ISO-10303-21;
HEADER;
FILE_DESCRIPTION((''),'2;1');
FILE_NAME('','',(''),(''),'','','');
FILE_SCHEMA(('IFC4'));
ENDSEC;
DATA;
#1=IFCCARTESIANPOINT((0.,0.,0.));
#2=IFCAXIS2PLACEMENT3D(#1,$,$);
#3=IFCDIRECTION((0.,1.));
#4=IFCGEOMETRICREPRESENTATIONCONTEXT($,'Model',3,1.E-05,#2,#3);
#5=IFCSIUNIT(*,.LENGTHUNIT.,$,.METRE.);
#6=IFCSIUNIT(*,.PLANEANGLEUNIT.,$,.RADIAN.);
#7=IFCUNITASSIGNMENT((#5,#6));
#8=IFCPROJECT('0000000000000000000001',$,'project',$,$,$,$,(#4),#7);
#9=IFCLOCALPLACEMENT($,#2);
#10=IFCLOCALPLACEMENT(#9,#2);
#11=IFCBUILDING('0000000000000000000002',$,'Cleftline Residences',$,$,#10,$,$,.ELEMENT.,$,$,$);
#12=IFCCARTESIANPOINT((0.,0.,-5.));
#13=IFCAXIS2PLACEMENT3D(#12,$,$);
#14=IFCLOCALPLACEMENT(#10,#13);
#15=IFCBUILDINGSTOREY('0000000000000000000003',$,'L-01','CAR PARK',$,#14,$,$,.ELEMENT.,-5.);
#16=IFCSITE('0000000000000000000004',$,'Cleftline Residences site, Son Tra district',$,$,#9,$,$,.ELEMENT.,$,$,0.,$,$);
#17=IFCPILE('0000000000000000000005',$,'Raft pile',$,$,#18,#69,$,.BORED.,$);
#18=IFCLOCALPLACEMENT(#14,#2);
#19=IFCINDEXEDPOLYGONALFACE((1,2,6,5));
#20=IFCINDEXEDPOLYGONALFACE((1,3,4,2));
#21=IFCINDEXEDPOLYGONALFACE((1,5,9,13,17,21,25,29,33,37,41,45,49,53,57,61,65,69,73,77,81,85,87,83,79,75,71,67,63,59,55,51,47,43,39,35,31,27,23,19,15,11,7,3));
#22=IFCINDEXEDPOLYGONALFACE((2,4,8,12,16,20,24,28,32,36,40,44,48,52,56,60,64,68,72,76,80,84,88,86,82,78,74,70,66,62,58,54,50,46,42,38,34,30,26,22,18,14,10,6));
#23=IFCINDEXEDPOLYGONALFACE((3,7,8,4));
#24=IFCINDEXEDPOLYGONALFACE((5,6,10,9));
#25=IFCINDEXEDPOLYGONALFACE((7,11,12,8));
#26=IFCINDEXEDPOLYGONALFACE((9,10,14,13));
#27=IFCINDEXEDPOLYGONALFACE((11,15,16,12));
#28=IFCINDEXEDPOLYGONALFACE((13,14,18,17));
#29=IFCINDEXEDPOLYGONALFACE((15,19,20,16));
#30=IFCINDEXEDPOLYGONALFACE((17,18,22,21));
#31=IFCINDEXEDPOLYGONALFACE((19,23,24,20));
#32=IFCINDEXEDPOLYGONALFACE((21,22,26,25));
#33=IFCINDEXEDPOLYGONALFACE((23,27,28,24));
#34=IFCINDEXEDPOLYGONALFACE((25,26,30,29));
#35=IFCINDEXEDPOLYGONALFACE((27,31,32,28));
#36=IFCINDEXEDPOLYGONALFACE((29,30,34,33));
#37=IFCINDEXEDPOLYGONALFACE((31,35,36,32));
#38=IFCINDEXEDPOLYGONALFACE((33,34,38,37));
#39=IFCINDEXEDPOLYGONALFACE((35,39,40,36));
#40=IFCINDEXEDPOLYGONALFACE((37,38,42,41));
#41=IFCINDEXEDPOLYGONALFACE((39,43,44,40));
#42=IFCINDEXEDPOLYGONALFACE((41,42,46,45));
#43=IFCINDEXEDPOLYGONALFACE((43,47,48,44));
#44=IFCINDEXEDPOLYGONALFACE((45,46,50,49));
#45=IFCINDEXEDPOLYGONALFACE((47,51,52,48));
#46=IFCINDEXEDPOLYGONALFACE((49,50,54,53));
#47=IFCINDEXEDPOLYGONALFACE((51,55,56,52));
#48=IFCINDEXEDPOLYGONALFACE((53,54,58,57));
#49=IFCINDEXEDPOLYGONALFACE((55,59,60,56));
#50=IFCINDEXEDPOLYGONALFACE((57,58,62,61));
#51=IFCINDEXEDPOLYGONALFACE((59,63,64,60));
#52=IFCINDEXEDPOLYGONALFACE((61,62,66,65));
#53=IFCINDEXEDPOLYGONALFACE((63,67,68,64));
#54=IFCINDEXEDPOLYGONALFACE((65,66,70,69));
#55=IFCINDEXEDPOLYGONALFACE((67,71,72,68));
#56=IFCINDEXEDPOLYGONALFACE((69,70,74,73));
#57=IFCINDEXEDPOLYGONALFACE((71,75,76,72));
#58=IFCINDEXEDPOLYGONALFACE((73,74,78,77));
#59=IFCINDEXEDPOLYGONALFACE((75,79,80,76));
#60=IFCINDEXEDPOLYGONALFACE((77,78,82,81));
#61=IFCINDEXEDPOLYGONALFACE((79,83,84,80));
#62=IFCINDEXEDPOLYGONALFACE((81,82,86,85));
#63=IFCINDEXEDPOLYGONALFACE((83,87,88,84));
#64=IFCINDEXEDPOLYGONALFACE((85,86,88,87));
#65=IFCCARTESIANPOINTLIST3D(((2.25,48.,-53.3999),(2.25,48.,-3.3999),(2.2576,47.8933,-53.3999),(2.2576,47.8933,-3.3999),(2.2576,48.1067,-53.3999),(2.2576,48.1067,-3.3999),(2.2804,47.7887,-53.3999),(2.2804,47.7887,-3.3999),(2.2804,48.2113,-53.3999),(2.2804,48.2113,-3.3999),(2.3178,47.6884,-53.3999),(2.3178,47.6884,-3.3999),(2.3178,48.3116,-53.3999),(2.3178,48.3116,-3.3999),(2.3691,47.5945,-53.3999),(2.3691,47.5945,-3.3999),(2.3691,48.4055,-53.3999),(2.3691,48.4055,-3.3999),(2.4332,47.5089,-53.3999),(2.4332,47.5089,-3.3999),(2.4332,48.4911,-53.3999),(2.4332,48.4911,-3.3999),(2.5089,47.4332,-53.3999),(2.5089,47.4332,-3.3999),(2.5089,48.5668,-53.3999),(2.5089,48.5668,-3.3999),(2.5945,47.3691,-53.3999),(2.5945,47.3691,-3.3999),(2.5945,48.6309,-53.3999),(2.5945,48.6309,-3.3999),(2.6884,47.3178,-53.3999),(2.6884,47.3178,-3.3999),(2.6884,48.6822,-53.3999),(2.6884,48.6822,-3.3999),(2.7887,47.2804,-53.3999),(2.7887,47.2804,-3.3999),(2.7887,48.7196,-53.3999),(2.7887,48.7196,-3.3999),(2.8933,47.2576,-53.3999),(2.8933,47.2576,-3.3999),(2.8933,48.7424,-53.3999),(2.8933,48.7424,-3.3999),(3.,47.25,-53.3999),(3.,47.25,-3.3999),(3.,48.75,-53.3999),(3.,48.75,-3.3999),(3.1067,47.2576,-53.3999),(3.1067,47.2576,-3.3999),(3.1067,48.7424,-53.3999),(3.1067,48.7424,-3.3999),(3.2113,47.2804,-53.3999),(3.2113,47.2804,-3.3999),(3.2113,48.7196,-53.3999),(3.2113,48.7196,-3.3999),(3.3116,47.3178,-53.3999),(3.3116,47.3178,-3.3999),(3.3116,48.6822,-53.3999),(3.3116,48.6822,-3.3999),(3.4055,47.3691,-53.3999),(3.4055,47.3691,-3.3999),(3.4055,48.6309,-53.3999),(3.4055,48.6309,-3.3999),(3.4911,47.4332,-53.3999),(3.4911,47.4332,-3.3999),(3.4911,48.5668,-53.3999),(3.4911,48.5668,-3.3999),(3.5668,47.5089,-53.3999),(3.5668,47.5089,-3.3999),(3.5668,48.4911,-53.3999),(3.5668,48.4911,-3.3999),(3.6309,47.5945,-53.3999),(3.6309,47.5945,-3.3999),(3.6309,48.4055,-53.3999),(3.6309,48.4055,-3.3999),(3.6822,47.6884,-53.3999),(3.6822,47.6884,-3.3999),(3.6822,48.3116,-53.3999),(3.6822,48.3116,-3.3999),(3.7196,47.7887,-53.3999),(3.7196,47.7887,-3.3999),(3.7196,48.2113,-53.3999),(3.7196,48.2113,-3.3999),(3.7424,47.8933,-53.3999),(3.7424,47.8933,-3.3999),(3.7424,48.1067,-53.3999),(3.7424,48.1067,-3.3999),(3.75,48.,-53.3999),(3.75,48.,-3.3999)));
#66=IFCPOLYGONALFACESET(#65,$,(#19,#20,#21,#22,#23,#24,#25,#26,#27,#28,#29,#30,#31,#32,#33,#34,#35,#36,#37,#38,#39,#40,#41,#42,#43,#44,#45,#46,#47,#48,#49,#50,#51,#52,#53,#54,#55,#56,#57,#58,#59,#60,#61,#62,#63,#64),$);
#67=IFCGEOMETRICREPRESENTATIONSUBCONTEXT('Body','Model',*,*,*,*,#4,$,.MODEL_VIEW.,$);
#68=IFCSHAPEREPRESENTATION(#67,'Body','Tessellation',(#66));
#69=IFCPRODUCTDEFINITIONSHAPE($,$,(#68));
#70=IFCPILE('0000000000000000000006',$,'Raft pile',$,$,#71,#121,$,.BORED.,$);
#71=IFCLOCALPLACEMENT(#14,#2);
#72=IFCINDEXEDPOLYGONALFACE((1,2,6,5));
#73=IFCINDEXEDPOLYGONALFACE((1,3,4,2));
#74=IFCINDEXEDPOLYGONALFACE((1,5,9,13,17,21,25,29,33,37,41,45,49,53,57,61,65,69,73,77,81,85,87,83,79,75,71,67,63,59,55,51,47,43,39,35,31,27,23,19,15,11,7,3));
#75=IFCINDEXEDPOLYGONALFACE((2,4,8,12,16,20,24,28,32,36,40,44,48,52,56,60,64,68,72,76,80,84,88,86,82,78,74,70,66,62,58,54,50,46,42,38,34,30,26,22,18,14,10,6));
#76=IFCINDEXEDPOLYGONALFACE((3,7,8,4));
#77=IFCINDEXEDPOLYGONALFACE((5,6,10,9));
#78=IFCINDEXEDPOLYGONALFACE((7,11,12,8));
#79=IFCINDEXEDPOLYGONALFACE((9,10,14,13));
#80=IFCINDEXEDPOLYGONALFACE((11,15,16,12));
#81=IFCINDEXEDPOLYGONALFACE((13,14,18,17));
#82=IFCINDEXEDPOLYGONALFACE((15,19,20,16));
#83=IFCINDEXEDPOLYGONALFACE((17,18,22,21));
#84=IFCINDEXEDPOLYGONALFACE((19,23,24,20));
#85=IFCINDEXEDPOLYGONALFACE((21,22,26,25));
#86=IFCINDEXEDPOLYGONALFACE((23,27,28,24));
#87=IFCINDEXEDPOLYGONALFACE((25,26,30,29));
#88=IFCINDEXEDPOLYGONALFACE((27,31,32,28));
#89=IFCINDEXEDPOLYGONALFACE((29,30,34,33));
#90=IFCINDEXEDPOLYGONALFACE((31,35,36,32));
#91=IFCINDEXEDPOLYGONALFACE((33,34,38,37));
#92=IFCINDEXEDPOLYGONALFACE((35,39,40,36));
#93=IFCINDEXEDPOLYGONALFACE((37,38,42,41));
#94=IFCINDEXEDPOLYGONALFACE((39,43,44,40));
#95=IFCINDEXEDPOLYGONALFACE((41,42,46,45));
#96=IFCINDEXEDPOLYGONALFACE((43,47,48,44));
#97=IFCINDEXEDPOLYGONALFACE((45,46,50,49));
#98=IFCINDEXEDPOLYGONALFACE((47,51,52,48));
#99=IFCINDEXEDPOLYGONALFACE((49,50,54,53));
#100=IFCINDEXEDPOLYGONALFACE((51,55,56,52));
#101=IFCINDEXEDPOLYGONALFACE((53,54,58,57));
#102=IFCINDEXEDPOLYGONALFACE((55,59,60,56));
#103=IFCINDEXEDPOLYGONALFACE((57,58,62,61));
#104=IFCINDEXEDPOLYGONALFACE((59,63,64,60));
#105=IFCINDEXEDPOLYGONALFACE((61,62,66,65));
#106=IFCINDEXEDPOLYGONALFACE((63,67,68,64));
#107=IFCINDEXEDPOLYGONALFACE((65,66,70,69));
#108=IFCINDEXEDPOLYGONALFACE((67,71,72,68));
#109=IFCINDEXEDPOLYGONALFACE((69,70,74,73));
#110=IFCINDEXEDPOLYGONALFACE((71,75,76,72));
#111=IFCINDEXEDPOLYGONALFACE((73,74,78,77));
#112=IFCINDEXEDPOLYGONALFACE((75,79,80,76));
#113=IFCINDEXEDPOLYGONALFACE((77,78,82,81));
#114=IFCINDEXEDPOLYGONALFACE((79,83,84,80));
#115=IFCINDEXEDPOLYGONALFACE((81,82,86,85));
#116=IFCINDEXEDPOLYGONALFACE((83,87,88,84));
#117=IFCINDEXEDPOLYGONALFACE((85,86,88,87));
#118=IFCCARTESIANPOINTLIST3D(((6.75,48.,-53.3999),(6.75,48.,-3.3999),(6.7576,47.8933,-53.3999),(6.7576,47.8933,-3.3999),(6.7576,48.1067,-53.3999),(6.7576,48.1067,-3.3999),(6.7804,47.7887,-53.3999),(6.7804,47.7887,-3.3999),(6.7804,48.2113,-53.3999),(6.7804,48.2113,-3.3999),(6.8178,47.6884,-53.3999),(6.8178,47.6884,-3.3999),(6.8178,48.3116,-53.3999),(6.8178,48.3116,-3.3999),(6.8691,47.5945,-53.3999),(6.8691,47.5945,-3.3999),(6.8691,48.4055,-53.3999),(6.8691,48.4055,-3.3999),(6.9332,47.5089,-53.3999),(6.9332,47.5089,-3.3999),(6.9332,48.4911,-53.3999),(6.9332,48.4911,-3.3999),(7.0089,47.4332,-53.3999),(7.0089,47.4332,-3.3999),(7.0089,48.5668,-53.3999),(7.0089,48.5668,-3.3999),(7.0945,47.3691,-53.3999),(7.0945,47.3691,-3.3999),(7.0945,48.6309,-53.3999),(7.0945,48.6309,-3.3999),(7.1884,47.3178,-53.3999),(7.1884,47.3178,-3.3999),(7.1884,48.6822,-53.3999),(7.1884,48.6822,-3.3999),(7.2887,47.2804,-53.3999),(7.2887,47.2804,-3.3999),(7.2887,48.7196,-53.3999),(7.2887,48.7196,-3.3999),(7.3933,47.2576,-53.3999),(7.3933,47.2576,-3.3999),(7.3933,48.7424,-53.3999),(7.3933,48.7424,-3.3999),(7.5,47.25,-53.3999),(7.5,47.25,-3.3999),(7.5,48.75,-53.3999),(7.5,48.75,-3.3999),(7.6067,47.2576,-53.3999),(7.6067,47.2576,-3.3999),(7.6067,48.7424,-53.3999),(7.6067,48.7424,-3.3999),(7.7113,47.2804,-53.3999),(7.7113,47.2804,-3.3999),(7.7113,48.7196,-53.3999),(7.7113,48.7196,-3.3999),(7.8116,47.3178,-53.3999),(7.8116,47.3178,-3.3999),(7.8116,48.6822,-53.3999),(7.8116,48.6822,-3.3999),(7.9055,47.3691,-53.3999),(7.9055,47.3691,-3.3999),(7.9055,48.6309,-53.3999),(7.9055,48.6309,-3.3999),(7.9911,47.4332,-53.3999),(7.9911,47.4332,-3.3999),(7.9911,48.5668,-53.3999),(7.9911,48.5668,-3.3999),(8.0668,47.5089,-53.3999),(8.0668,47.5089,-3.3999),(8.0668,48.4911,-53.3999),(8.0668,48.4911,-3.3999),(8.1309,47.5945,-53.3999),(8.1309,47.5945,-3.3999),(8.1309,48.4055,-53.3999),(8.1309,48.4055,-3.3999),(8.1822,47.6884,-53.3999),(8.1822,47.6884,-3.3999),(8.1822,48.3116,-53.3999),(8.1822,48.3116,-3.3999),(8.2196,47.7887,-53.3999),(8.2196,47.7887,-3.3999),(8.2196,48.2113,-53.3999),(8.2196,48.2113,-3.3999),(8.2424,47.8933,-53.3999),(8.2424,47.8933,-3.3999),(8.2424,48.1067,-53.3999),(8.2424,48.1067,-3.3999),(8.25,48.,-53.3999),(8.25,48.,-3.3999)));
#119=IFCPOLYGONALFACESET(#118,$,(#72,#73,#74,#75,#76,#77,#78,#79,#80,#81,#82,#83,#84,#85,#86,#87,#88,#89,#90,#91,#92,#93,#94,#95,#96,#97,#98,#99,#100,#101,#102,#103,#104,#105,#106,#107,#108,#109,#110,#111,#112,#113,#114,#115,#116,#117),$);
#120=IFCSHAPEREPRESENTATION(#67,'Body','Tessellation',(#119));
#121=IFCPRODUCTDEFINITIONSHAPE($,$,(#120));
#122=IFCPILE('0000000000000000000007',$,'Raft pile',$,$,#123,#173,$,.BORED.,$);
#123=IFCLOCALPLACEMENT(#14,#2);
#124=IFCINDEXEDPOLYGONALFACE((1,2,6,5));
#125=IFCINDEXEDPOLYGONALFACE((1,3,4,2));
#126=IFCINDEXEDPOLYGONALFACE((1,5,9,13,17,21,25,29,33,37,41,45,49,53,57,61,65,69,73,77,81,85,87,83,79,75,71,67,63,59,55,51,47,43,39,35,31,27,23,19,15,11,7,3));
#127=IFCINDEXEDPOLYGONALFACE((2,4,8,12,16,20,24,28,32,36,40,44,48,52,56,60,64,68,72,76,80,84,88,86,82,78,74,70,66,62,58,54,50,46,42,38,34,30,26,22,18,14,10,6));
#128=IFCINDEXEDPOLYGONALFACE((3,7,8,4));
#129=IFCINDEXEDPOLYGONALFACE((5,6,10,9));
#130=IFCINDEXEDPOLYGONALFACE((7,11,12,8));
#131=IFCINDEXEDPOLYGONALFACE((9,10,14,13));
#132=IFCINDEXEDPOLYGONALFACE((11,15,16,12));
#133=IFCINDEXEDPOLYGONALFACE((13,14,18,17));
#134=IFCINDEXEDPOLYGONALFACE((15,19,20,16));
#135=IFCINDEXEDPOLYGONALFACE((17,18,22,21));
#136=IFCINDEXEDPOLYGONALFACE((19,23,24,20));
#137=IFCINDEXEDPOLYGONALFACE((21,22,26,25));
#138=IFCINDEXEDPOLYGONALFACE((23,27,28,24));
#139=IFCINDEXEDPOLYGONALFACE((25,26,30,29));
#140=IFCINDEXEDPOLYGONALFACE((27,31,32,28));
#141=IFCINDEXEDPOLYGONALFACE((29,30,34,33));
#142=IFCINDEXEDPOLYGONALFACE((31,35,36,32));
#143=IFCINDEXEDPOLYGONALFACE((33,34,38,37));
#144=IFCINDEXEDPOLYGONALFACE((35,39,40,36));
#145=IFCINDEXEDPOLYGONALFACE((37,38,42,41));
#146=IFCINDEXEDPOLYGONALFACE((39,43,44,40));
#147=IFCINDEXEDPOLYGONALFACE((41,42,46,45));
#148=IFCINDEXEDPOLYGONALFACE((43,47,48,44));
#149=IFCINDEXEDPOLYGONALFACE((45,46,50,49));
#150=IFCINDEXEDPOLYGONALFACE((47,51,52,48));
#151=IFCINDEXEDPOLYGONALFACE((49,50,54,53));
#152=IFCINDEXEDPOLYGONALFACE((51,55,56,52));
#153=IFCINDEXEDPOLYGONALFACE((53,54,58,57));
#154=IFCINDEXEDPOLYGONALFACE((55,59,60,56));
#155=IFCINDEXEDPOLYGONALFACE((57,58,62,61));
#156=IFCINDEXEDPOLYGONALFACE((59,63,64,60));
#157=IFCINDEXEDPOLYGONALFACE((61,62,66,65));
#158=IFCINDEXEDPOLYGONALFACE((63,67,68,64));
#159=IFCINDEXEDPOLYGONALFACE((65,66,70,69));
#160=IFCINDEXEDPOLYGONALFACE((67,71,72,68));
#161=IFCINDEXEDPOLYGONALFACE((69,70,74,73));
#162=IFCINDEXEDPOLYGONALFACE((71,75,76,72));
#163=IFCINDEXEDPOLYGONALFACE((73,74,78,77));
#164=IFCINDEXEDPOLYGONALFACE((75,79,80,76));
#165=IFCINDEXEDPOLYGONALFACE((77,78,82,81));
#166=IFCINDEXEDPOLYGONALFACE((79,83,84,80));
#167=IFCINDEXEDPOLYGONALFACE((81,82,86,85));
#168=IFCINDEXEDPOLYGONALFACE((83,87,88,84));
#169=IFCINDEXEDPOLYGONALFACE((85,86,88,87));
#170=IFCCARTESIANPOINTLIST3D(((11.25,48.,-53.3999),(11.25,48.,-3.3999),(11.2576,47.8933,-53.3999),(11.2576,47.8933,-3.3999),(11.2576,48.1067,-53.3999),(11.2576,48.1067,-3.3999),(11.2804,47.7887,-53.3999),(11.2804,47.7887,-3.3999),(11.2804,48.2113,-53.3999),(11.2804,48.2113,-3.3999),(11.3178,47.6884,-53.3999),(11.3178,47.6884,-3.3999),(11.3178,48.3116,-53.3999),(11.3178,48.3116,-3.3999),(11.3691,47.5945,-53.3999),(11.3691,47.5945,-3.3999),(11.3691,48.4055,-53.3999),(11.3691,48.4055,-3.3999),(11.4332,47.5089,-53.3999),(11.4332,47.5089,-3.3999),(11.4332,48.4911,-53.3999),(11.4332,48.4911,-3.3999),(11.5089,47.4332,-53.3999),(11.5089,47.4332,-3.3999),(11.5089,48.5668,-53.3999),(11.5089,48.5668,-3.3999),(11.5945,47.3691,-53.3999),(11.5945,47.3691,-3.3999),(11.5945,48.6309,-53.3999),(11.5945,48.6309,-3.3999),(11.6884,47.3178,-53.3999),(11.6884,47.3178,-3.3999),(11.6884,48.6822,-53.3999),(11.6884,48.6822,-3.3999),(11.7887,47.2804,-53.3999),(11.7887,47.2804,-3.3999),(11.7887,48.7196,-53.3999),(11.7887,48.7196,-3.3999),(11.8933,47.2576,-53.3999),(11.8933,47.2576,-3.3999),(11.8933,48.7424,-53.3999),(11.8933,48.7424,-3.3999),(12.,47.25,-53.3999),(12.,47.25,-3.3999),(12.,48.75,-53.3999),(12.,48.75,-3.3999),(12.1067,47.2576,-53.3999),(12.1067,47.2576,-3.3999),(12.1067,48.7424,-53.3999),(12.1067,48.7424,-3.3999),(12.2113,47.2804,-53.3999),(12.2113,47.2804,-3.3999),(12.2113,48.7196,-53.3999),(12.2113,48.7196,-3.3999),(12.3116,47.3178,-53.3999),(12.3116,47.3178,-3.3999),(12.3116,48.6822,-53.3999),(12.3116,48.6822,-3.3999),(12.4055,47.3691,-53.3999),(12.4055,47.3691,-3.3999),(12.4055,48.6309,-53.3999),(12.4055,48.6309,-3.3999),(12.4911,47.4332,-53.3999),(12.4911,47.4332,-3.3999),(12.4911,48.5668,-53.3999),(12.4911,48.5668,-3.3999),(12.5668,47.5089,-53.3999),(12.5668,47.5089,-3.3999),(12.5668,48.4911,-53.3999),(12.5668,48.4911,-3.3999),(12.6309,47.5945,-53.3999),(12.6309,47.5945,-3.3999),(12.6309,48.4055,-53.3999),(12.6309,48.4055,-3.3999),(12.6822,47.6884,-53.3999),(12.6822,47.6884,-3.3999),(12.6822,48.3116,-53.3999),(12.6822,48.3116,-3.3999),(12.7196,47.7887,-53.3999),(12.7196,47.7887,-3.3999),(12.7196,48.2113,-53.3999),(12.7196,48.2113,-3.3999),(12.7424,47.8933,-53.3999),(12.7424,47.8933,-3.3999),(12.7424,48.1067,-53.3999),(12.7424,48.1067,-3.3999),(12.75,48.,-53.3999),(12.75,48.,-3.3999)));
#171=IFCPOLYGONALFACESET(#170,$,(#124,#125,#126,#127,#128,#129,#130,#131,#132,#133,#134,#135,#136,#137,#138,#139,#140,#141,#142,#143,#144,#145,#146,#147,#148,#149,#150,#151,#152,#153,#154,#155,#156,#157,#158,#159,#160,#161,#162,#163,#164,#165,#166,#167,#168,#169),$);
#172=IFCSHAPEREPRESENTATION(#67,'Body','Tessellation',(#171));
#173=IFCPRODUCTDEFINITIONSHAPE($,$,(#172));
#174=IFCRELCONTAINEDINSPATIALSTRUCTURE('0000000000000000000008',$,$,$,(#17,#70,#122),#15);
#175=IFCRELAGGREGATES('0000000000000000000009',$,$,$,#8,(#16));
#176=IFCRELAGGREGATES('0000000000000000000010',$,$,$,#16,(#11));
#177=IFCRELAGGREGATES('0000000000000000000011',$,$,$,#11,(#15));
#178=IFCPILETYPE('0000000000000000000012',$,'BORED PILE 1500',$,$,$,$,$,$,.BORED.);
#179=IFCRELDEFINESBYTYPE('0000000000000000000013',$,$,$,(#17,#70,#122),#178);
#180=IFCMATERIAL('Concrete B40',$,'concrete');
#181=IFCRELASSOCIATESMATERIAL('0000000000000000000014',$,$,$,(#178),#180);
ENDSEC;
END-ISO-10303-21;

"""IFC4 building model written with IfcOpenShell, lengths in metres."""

from ifc_helpers import new_model, si_unit, direction, frame, origin, origin_2d, place, context, subcontext, project, spatial, circle, extrude, material, material_profile, profile_set, type_object, element, save


model = new_model("IFC4")

# Units and contexts
model_context = context("Model", 3, precision=1e-05, world=origin(), true_north=direction((0.0, 1.0)))
body_context = subcontext(model_context, "Body", "Model", "MODEL_VIEW")
ifc_project = project(units=[si_unit("LENGTHUNIT", "METRE"), si_unit("PLANEANGLEUNIT", "RADIAN")], contexts=[model_context])

# Site, building, storey
site_placement = place(None, origin())
site = spatial("IfcSite", under=ifc_project, at=site_placement, Name="Cleftline Residences site, Son Tra district", CompositionType="ELEMENT", RefElevation=0.0)
building_placement = place(site_placement, origin())
building = spatial("IfcBuilding", under=site, at=building_placement, Name="Cleftline Residences", CompositionType="ELEMENT")
storey_placement = place(building_placement, frame((0.0, 0.0, -5.0)))
storey = spatial("IfcBuildingStorey", under=building, at=storey_placement, Name="L-01", Description="CAR PARK", CompositionType="ELEMENT", Elevation=-5.0)

# Piles
ifc_material_1 = material(Name="Concrete B40", Category="concrete")
ifc_material_profile_1 = material_profile(ifc_material_1, circle(Radius=0.75, at=origin_2d()))
ifc_profile_set_1 = profile_set([ifc_material_profile_1], Name="Concrete B40")
pile_type_1 = type_object("IfcPileType", Name="BORED PILE 1500", PredefinedType="BORED", material=ifc_profile_set_1)
for number, where, z_axis, x_axis, name in (
    (1, (3.0, 48.0, -3.3999), (0.0, 0.0, -1.0), (1.0, 0.0, 0.0), "Raft pile"),
    (2, (7.5, 48.0, -3.3999), (0.0, 0.0, -1.0), (1.0, 0.0, 0.0), "Raft pile"),
    (3, (12.0, 48.0, -3.3999), (0.0, 0.0, -1.0), (1.0, 0.0, 0.0), "Raft pile"),
):
    element("IfcPile", number, at=place(storey_placement, frame(where, z_axis=z_axis, x_axis=x_axis)), inside=storey, type_object=pile_type_1, Name=name, PredefinedType="BORED", context=body_context, shape_type="SweptSolid", body=[
        extrude(circle(Radius=0.75, at=origin_2d()), origin(), (0.0, 0.0, 1.0), 50.0),
    ])

save(model, "model.ifc")
